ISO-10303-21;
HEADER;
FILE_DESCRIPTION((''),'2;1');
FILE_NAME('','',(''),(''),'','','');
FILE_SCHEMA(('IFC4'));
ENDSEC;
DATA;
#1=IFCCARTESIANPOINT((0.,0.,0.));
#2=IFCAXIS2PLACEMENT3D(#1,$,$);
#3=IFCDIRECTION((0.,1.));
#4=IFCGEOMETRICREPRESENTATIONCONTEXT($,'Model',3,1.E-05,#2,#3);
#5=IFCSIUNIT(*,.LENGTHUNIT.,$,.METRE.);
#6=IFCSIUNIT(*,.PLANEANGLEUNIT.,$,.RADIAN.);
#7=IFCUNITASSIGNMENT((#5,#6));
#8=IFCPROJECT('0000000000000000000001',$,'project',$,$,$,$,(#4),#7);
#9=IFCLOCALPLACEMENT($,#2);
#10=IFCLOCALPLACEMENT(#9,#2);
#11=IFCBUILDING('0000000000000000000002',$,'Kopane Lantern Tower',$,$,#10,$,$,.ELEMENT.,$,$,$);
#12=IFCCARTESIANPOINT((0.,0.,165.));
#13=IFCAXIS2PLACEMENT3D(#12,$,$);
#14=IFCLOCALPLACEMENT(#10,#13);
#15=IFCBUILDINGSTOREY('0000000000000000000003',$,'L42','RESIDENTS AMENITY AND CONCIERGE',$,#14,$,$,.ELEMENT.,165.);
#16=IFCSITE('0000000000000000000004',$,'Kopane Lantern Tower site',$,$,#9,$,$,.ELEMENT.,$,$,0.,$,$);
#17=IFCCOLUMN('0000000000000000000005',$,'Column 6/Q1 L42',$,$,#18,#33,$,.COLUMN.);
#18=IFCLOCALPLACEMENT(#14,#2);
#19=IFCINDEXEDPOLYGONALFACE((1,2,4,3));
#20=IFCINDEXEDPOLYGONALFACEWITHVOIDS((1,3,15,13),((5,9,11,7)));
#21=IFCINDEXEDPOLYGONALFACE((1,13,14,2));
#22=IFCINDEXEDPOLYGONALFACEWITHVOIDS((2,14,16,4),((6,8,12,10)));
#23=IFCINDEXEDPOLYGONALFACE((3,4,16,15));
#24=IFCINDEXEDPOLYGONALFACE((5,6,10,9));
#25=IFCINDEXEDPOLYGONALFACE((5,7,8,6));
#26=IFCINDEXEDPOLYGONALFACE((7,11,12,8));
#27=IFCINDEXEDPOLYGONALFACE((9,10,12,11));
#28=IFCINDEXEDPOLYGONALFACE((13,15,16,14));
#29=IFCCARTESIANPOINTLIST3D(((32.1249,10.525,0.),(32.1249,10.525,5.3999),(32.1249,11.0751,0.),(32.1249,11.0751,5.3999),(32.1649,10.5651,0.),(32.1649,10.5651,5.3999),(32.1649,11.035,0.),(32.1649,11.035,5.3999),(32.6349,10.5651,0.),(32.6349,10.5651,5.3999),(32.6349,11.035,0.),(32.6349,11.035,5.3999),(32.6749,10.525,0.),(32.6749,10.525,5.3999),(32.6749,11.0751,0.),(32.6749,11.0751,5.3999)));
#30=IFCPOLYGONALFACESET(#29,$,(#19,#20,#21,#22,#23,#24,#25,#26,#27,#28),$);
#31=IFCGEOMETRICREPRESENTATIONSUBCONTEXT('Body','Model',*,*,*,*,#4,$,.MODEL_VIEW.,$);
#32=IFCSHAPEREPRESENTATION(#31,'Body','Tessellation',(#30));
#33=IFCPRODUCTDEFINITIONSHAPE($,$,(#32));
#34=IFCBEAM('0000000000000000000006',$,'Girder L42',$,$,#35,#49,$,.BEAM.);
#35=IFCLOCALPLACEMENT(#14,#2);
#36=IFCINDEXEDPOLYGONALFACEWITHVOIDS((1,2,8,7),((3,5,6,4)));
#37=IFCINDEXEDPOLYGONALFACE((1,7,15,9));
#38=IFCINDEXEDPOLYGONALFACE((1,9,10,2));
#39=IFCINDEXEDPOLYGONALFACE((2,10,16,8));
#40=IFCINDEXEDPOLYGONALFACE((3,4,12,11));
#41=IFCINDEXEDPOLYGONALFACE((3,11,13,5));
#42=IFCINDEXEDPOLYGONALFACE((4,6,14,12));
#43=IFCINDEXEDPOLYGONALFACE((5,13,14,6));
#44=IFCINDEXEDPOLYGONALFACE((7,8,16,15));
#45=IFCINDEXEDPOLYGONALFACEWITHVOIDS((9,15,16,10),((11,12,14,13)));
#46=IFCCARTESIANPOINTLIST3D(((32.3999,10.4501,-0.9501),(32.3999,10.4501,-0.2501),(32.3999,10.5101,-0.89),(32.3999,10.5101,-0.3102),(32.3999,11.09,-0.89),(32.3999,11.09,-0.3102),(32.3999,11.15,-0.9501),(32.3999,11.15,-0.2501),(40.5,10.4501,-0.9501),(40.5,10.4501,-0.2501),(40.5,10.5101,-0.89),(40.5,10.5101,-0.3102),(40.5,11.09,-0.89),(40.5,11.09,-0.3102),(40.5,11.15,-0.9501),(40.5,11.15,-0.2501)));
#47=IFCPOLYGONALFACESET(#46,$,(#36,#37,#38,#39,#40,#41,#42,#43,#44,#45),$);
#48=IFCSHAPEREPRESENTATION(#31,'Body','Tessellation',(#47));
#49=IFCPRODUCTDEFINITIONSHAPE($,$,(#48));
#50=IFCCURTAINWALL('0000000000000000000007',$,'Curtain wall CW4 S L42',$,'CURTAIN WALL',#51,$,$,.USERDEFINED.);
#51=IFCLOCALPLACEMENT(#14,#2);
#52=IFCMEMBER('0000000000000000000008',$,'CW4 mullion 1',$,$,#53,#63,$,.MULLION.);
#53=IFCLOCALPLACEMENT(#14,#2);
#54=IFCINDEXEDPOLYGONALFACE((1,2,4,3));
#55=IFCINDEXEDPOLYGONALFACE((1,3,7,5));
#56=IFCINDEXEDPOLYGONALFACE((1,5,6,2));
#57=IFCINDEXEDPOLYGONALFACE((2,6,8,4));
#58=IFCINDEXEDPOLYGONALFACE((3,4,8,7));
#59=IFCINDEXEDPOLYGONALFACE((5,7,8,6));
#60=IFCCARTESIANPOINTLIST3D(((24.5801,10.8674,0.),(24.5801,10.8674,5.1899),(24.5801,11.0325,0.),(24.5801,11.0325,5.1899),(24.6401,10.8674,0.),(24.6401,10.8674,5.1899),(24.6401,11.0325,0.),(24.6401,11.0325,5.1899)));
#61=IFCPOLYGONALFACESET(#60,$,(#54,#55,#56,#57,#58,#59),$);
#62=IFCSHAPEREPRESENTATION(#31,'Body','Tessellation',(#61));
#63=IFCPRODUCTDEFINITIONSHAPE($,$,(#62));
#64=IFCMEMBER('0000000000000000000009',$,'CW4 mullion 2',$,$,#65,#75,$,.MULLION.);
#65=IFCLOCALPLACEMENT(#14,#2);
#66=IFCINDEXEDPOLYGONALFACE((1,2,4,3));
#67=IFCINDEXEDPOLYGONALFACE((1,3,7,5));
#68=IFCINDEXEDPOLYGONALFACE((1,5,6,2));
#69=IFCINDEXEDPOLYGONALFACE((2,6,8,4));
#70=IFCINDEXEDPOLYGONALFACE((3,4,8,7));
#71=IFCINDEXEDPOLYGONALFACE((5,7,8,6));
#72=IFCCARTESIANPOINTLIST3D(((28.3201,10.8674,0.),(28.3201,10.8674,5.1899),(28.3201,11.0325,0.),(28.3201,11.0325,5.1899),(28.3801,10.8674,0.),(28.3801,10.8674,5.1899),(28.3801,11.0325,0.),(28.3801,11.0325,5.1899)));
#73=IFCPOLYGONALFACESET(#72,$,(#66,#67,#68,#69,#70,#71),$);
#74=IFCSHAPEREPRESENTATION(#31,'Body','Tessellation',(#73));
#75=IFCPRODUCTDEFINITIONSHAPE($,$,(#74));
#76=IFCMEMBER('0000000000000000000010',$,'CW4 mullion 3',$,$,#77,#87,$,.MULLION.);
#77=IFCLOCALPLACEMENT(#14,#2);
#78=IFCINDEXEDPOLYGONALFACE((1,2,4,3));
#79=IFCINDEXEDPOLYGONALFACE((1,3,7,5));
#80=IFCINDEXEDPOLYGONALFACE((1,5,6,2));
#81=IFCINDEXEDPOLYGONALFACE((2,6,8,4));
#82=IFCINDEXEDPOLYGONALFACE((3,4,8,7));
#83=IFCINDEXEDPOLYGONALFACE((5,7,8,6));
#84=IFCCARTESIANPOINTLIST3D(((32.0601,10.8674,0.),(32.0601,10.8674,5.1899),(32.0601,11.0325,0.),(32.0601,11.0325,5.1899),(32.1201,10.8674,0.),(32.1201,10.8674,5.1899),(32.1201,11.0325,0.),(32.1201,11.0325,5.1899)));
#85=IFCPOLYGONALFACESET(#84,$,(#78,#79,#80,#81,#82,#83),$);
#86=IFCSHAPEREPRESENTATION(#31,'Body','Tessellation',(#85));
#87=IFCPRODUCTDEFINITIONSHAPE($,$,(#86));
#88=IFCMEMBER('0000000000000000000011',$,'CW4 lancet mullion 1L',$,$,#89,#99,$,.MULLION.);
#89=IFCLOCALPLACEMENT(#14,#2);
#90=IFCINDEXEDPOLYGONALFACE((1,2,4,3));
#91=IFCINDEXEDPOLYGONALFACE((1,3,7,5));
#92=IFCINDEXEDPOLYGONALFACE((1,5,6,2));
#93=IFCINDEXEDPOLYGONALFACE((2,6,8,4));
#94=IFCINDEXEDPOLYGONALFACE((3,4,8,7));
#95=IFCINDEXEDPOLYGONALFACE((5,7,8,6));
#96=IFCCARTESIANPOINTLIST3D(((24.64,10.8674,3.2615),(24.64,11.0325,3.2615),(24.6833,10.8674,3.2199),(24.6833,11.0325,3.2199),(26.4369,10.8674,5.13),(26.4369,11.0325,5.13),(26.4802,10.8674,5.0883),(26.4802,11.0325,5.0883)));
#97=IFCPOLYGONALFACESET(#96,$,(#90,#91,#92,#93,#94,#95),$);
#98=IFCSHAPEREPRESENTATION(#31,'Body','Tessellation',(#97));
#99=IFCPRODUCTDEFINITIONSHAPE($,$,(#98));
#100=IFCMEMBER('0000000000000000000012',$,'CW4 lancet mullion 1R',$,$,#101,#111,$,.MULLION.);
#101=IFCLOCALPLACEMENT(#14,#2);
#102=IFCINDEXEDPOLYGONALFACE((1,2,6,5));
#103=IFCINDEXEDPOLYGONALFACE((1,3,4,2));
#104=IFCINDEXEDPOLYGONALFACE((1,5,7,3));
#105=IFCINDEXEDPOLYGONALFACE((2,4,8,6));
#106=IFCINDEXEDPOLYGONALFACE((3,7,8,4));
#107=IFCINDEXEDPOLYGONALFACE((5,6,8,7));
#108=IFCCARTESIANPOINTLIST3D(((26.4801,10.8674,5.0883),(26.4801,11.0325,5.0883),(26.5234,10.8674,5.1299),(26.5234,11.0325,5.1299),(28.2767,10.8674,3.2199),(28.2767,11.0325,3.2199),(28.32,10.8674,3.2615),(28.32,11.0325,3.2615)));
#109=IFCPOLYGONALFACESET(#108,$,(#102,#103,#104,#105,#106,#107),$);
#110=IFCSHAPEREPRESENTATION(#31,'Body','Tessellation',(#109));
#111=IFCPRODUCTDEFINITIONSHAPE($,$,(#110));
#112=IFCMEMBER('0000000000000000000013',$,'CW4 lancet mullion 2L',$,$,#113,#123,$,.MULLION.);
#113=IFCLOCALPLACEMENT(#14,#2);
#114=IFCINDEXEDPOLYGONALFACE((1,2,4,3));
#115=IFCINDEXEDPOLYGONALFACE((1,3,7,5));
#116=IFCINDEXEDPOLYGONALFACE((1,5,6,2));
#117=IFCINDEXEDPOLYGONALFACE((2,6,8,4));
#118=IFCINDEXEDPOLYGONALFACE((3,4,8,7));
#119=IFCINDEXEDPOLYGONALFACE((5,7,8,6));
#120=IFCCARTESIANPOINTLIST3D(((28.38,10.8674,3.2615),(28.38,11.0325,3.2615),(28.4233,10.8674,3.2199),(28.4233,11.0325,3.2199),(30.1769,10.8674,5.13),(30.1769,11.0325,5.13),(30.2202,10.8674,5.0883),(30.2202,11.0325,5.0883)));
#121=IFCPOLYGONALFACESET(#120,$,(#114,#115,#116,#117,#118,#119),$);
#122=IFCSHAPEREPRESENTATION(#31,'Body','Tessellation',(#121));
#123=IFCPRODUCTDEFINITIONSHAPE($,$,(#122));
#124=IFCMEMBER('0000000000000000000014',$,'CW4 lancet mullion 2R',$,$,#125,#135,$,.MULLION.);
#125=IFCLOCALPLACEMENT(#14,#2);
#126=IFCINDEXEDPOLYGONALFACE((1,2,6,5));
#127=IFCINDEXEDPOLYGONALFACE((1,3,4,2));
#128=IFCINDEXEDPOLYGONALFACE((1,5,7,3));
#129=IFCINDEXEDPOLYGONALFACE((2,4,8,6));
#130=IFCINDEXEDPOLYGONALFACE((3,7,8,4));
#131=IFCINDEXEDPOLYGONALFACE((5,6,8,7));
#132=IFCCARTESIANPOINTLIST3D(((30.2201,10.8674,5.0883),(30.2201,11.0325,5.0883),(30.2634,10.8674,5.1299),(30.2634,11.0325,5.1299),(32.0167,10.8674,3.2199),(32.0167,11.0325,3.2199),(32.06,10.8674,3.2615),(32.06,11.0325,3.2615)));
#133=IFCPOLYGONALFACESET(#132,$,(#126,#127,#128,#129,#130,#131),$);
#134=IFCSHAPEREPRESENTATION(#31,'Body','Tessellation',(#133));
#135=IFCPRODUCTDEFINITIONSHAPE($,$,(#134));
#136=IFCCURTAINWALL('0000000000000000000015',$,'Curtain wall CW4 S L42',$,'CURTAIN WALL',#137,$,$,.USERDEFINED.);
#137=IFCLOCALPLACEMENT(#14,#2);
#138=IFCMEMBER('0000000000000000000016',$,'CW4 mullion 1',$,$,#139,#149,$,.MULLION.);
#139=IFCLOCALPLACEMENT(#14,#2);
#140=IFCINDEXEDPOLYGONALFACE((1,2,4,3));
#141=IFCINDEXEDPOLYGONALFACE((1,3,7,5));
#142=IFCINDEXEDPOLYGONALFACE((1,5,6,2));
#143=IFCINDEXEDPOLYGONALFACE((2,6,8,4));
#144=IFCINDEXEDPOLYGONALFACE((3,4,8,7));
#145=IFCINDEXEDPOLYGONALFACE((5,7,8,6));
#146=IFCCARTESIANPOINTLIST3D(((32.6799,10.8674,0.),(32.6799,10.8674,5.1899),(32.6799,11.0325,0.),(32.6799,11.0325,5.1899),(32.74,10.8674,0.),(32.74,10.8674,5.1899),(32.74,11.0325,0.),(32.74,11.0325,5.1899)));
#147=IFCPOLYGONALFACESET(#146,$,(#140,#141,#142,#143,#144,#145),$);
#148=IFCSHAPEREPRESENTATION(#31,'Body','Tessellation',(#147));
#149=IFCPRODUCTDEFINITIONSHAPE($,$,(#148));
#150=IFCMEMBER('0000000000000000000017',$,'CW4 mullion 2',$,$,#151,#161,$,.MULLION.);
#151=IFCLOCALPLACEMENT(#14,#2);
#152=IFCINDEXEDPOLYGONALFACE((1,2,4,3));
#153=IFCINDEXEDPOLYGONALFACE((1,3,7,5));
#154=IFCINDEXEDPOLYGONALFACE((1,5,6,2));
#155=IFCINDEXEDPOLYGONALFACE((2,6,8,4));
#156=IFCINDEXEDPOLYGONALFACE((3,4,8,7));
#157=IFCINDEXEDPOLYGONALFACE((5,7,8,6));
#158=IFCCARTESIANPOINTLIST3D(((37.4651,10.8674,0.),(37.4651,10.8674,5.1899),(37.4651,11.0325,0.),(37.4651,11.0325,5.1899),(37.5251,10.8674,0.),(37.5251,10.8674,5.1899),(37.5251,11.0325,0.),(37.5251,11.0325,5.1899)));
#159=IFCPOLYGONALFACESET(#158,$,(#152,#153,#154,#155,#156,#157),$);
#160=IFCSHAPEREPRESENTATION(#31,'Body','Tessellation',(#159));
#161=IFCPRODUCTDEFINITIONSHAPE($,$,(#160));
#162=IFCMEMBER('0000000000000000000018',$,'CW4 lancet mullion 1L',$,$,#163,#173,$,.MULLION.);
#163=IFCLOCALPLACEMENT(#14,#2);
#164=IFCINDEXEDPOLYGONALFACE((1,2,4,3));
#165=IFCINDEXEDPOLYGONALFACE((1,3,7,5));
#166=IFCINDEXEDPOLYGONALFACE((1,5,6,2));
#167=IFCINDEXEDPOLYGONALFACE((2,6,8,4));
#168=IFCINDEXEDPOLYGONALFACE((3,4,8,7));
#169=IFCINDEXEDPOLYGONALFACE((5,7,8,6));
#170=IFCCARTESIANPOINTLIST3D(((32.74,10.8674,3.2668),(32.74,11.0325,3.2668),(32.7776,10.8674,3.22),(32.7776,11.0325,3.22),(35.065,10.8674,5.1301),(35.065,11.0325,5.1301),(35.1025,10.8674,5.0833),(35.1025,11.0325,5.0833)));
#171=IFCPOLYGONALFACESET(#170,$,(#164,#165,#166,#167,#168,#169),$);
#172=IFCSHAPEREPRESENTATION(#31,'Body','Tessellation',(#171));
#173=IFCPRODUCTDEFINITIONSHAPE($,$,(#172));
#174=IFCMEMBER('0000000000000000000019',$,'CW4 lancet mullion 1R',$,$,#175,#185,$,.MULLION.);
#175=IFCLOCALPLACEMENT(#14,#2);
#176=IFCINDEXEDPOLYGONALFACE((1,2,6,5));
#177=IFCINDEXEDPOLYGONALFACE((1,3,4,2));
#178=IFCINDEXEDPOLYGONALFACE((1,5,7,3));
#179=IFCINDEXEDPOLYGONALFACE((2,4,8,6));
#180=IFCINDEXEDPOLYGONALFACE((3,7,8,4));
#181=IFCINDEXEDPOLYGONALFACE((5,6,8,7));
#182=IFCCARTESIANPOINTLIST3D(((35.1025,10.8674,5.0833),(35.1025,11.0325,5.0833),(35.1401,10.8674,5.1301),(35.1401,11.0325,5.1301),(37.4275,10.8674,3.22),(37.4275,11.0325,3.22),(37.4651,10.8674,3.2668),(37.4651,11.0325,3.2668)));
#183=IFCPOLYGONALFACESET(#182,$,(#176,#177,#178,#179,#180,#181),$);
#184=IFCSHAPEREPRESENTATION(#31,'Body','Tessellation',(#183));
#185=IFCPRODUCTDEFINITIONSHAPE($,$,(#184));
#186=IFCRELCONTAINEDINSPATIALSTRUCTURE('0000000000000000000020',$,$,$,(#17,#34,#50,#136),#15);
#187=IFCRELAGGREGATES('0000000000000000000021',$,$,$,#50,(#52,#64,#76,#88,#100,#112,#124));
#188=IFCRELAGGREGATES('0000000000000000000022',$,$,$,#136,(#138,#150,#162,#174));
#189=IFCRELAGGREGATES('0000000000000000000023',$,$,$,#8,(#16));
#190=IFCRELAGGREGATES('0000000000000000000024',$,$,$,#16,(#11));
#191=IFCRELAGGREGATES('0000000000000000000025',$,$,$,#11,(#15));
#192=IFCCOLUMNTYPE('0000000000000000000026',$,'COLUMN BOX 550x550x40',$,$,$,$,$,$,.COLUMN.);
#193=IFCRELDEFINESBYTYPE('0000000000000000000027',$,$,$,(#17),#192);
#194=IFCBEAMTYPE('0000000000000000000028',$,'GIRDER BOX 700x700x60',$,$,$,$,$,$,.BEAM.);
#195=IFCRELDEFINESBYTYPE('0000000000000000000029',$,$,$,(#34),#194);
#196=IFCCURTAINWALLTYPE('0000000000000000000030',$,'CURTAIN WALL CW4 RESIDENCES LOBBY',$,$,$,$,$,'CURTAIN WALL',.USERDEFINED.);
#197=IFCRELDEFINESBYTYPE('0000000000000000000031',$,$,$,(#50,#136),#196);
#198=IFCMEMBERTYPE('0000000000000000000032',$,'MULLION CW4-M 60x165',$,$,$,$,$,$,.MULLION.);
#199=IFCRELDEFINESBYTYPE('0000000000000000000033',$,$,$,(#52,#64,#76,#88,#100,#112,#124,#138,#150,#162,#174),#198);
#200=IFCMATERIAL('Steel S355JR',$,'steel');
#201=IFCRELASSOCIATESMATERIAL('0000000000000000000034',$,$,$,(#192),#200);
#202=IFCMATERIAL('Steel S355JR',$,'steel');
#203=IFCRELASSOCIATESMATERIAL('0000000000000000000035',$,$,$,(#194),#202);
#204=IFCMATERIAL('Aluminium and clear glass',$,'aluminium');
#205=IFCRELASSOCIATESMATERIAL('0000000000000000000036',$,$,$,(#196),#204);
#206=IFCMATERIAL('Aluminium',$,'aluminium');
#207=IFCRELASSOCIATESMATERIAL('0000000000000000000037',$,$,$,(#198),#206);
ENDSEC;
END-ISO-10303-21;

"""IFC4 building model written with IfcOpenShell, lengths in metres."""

from ifc_helpers import new_model, si_unit, direction, frame, origin, origin_2d, place, context, subcontext, project, spatial, rectangle, hollow_rectangle, extrude, material, material_profile, profile_set, type_object, element, aggregate, save


model = new_model("IFC4")

# Units and contexts
model_context = context("Model", 3, precision=1e-05, world=origin(), true_north=direction((0.0, 1.0)))
body_context = subcontext(model_context, "Body", "Model", "MODEL_VIEW")
ifc_project = project(units=[si_unit("LENGTHUNIT", "METRE"), si_unit("PLANEANGLEUNIT", "RADIAN")], contexts=[model_context])

# Site, building, storey
site_placement = place(None, origin())
site = spatial("IfcSite", under=ifc_project, at=site_placement, Name="Kopane Lantern Tower site", CompositionType="ELEMENT", RefElevation=0.0)
building_placement = place(site_placement, origin())
building = spatial("IfcBuilding", under=site, at=building_placement, Name="Kopane Lantern Tower", CompositionType="ELEMENT")
storey_placement = place(building_placement, frame((0.0, 0.0, 165.0)))
storey = spatial("IfcBuildingStorey", under=building, at=storey_placement, Name="L42", Description="RESIDENTS AMENITY AND CONCIERGE", CompositionType="ELEMENT", Elevation=165.0)

# Column
ifc_material_1 = material(Name="Steel S355JR", Category="steel")
ifc_material_profile_1 = material_profile(ifc_material_1, hollow_rectangle(XDim=0.55, YDim=0.55, WallThickness=0.04, at=origin_2d()), Name="BOX 550x550x40")
ifc_profile_set_1 = profile_set([ifc_material_profile_1], Name="Steel S355JR")
column_type = type_object("IfcColumnType", Name="COLUMN BOX 550x550x40", PredefinedType="COLUMN", material=ifc_profile_set_1)
column_placement = place(storey_placement, frame((32.3999, 10.8, 0.0), z_axis=(0.0, 0.0, 1.0), x_axis=(1.0, 0.0, 0.0)))
element("IfcColumn", 1, at=column_placement, inside=storey, type_object=column_type, Name="Column 6/Q1 L42", PredefinedType="COLUMN", context=body_context, shape_type="SweptSolid", body=[
    extrude(hollow_rectangle(XDim=0.55, YDim=0.55, WallThickness=0.04, at=origin_2d()), origin(), (0.0, 0.0, 1.0), 5.3999),
])

# Beam
ifc_material_2 = material(Name="Steel S355JR", Category="steel")
ifc_material_profile_2 = material_profile(ifc_material_2, hollow_rectangle(XDim=0.7, YDim=0.7, WallThickness=0.0601, at=origin_2d()), Name="BOX 700x700x60")
ifc_profile_set_2 = profile_set([ifc_material_profile_2], Name="Steel S355JR")
beam_type = type_object("IfcBeamType", Name="GIRDER BOX 700x700x60", PredefinedType="BEAM", material=ifc_profile_set_2)
beam_placement = place(storey_placement, frame((32.3999, 10.8, -0.6001), z_axis=(1.0, 0.0, 0.0), x_axis=(0.0, 1.0, 0.0)))
element("IfcBeam", 2, at=beam_placement, inside=storey, type_object=beam_type, Name="Girder L42", PredefinedType="BEAM", context=body_context, shape_type="SweptSolid", body=[
    extrude(hollow_rectangle(XDim=0.7, YDim=0.7, WallThickness=0.0601, at=origin_2d()), origin(), (0.0, 0.0, 1.0), 8.1001),
])

# Curtain walls, members
ifc_material_3 = material(Name="Aluminium and clear glass", Category="aluminium")
curtain_wall_type = type_object("IfcCurtainWallType", Name="CURTAIN WALL CW4 RESIDENCES LOBBY", ElementType="CURTAIN WALL", PredefinedType="USERDEFINED", material=ifc_material_3)
curtain_wall_1_placement = place(storey_placement, origin())
curtain_wall_1 = element("IfcCurtainWall", 3, at=curtain_wall_1_placement, inside=storey, type_object=curtain_wall_type, Name="Curtain wall CW4 S L42", ObjectType="CURTAIN WALL", PredefinedType="USERDEFINED")
ifc_material_4 = material(Name="Aluminium", Category="aluminium")
ifc_material_profile_3 = material_profile(ifc_material_4, rectangle(XDim=0.0601, YDim=0.165, at=origin_2d()), Name="AL 60x165")
ifc_profile_set_3 = profile_set([ifc_material_profile_3], Name="Aluminium")
member_type_1 = type_object("IfcMemberType", Name="MULLION CW4-M 60x165", PredefinedType="MULLION", material=ifc_profile_set_3)
member_1_placement = place(storey_placement, frame((24.6101, 10.95, 0.0), z_axis=(0.0, 0.0, 1.0), x_axis=(1.0, 0.0, 0.0)))
member_1 = element("IfcMember", 4, at=member_1_placement, type_object=member_type_1, Name="CW4 mullion 1", PredefinedType="MULLION", context=body_context, shape_type="SweptSolid", body=[
    extrude(rectangle(XDim=0.0601, YDim=0.165, at=origin_2d()), origin(), (0.0, 0.0, 1.0), 5.1899),
])
member_2_placement = place(storey_placement, frame((28.3501, 10.95, 0.0), z_axis=(0.0, 0.0, 1.0), x_axis=(1.0, 0.0, 0.0)))
member_2 = element("IfcMember", 5, at=member_2_placement, type_object=member_type_1, Name="CW4 mullion 2", PredefinedType="MULLION", context=body_context, shape_type="SweptSolid", body=[
    extrude(rectangle(XDim=0.0601, YDim=0.165, at=origin_2d()), origin(), (0.0, 0.0, 1.0), 5.1899),
])
member_3_placement = place(storey_placement, frame((32.0901, 10.95, 0.0), z_axis=(0.0, 0.0, 1.0), x_axis=(1.0, 0.0, 0.0)))
member_3 = element("IfcMember", 6, at=member_3_placement, type_object=member_type_1, Name="CW4 mullion 3", PredefinedType="MULLION", context=body_context, shape_type="SweptSolid", body=[
    extrude(rectangle(XDim=0.0601, YDim=0.165, at=origin_2d()), origin(), (0.0, 0.0, 1.0), 5.1899),
])
member_4_placement = place(storey_placement, frame((24.6616, 10.95, 3.2407), z_axis=(0.693175, 0.0, 0.72077), x_axis=(-0.72077, 0.0, 0.693175)))
member_4 = element("IfcMember", 7, at=member_4_placement, type_object=member_type_1, Name="CW4 lancet mullion 1L", PredefinedType="MULLION", context=body_context, shape_type="SweptSolid", body=[
    extrude(rectangle(XDim=0.0601, YDim=0.165, at=origin_2d()), origin(), (0.0, 0.0, 1.0), 2.5923),
])
member_5_placement = place(storey_placement, frame((28.2983, 10.95, 3.2407), z_axis=(-0.693126, 0.0, 0.720817), x_axis=(0.720817, 0.0, 0.693126)))
member_5 = element("IfcMember", 8, at=member_5_placement, type_object=member_type_1, Name="CW4 lancet mullion 1R", PredefinedType="MULLION", context=body_context, shape_type="SweptSolid", body=[
    extrude(rectangle(XDim=0.0601, YDim=0.165, at=origin_2d()), origin(), (0.0, 0.0, 1.0), 2.592),
])
member_6_placement = place(storey_placement, frame((28.4016, 10.95, 3.2407), z_axis=(0.693175, 0.0, 0.72077), x_axis=(-0.72077, 0.0, 0.693175)))
member_6 = element("IfcMember", 9, at=member_6_placement, type_object=member_type_1, Name="CW4 lancet mullion 2L", PredefinedType="MULLION", context=body_context, shape_type="SweptSolid", body=[
    extrude(rectangle(XDim=0.0601, YDim=0.165, at=origin_2d()), origin(), (0.0, 0.0, 1.0), 2.5923),
])
member_7_placement = place(storey_placement, frame((32.0383, 10.95, 3.2407), z_axis=(-0.693126, 0.0, 0.720817), x_axis=(0.720817, 0.0, 0.693126)))
member_7 = element("IfcMember", 10, at=member_7_placement, type_object=member_type_1, Name="CW4 lancet mullion 2R", PredefinedType="MULLION", context=body_context, shape_type="SweptSolid", body=[
    extrude(rectangle(XDim=0.0601, YDim=0.165, at=origin_2d()), origin(), (0.0, 0.0, 1.0), 2.592),
])
curtain_wall_2_placement = place(storey_placement, origin())
curtain_wall_2 = element("IfcCurtainWall", 11, at=curtain_wall_2_placement, inside=storey, type_object=curtain_wall_type, Name="Curtain wall CW4 S L42", ObjectType="CURTAIN WALL", PredefinedType="USERDEFINED")
member_8_placement = place(storey_placement, frame((32.71, 10.95, 0.0), z_axis=(0.0, 0.0, 1.0), x_axis=(1.0, 0.0, 0.0)))
member_8 = element("IfcMember", 12, at=member_8_placement, type_object=member_type_1, Name="CW4 mullion 1", PredefinedType="MULLION", context=body_context, shape_type="SweptSolid", body=[
    extrude(rectangle(XDim=0.0601, YDim=0.165, at=origin_2d()), origin(), (0.0, 0.0, 1.0), 5.1899),
])
member_9_placement = place(storey_placement, frame((37.4951, 10.95, 0.0), z_axis=(0.0, 0.0, 1.0), x_axis=(1.0, 0.0, 0.0)))
member_9 = element("IfcMember", 13, at=member_9_placement, type_object=member_type_1, Name="CW4 mullion 2", PredefinedType="MULLION", context=body_context, shape_type="SweptSolid", body=[
    extrude(rectangle(XDim=0.0601, YDim=0.165, at=origin_2d()), origin(), (0.0, 0.0, 1.0), 5.1899),
])
member_10_placement = place(storey_placement, frame((32.7588, 10.95, 3.2434), z_axis=(0.780325, 0.0, 0.625374), x_axis=(-0.625374, 0.0, 0.780325)))
member_10 = element("IfcMember", 14, at=member_10_placement, type_object=member_type_1, Name="CW4 lancet mullion 1L", PredefinedType="MULLION", context=body_context, shape_type="SweptSolid", body=[
    extrude(rectangle(XDim=0.0601, YDim=0.165, at=origin_2d()), origin(), (0.0, 0.0, 1.0), 2.9795),
])
member_11_placement = place(storey_placement, frame((37.4463, 10.95, 3.2434), z_axis=(-0.780325, 0.0, 0.625374), x_axis=(0.625374, 0.0, 0.780325)))
member_11 = element("IfcMember", 15, at=member_11_placement, type_object=member_type_1, Name="CW4 lancet mullion 1R", PredefinedType="MULLION", context=body_context, shape_type="SweptSolid", body=[
    extrude(rectangle(XDim=0.0601, YDim=0.165, at=origin_2d()), origin(), (0.0, 0.0, 1.0), 2.9795),
])

aggregate(curtain_wall_1, [member_1, member_2, member_3, member_4, member_5, member_6, member_7])
aggregate(curtain_wall_2, [member_8, member_9, member_10, member_11])

save(model, "model.ifc")
